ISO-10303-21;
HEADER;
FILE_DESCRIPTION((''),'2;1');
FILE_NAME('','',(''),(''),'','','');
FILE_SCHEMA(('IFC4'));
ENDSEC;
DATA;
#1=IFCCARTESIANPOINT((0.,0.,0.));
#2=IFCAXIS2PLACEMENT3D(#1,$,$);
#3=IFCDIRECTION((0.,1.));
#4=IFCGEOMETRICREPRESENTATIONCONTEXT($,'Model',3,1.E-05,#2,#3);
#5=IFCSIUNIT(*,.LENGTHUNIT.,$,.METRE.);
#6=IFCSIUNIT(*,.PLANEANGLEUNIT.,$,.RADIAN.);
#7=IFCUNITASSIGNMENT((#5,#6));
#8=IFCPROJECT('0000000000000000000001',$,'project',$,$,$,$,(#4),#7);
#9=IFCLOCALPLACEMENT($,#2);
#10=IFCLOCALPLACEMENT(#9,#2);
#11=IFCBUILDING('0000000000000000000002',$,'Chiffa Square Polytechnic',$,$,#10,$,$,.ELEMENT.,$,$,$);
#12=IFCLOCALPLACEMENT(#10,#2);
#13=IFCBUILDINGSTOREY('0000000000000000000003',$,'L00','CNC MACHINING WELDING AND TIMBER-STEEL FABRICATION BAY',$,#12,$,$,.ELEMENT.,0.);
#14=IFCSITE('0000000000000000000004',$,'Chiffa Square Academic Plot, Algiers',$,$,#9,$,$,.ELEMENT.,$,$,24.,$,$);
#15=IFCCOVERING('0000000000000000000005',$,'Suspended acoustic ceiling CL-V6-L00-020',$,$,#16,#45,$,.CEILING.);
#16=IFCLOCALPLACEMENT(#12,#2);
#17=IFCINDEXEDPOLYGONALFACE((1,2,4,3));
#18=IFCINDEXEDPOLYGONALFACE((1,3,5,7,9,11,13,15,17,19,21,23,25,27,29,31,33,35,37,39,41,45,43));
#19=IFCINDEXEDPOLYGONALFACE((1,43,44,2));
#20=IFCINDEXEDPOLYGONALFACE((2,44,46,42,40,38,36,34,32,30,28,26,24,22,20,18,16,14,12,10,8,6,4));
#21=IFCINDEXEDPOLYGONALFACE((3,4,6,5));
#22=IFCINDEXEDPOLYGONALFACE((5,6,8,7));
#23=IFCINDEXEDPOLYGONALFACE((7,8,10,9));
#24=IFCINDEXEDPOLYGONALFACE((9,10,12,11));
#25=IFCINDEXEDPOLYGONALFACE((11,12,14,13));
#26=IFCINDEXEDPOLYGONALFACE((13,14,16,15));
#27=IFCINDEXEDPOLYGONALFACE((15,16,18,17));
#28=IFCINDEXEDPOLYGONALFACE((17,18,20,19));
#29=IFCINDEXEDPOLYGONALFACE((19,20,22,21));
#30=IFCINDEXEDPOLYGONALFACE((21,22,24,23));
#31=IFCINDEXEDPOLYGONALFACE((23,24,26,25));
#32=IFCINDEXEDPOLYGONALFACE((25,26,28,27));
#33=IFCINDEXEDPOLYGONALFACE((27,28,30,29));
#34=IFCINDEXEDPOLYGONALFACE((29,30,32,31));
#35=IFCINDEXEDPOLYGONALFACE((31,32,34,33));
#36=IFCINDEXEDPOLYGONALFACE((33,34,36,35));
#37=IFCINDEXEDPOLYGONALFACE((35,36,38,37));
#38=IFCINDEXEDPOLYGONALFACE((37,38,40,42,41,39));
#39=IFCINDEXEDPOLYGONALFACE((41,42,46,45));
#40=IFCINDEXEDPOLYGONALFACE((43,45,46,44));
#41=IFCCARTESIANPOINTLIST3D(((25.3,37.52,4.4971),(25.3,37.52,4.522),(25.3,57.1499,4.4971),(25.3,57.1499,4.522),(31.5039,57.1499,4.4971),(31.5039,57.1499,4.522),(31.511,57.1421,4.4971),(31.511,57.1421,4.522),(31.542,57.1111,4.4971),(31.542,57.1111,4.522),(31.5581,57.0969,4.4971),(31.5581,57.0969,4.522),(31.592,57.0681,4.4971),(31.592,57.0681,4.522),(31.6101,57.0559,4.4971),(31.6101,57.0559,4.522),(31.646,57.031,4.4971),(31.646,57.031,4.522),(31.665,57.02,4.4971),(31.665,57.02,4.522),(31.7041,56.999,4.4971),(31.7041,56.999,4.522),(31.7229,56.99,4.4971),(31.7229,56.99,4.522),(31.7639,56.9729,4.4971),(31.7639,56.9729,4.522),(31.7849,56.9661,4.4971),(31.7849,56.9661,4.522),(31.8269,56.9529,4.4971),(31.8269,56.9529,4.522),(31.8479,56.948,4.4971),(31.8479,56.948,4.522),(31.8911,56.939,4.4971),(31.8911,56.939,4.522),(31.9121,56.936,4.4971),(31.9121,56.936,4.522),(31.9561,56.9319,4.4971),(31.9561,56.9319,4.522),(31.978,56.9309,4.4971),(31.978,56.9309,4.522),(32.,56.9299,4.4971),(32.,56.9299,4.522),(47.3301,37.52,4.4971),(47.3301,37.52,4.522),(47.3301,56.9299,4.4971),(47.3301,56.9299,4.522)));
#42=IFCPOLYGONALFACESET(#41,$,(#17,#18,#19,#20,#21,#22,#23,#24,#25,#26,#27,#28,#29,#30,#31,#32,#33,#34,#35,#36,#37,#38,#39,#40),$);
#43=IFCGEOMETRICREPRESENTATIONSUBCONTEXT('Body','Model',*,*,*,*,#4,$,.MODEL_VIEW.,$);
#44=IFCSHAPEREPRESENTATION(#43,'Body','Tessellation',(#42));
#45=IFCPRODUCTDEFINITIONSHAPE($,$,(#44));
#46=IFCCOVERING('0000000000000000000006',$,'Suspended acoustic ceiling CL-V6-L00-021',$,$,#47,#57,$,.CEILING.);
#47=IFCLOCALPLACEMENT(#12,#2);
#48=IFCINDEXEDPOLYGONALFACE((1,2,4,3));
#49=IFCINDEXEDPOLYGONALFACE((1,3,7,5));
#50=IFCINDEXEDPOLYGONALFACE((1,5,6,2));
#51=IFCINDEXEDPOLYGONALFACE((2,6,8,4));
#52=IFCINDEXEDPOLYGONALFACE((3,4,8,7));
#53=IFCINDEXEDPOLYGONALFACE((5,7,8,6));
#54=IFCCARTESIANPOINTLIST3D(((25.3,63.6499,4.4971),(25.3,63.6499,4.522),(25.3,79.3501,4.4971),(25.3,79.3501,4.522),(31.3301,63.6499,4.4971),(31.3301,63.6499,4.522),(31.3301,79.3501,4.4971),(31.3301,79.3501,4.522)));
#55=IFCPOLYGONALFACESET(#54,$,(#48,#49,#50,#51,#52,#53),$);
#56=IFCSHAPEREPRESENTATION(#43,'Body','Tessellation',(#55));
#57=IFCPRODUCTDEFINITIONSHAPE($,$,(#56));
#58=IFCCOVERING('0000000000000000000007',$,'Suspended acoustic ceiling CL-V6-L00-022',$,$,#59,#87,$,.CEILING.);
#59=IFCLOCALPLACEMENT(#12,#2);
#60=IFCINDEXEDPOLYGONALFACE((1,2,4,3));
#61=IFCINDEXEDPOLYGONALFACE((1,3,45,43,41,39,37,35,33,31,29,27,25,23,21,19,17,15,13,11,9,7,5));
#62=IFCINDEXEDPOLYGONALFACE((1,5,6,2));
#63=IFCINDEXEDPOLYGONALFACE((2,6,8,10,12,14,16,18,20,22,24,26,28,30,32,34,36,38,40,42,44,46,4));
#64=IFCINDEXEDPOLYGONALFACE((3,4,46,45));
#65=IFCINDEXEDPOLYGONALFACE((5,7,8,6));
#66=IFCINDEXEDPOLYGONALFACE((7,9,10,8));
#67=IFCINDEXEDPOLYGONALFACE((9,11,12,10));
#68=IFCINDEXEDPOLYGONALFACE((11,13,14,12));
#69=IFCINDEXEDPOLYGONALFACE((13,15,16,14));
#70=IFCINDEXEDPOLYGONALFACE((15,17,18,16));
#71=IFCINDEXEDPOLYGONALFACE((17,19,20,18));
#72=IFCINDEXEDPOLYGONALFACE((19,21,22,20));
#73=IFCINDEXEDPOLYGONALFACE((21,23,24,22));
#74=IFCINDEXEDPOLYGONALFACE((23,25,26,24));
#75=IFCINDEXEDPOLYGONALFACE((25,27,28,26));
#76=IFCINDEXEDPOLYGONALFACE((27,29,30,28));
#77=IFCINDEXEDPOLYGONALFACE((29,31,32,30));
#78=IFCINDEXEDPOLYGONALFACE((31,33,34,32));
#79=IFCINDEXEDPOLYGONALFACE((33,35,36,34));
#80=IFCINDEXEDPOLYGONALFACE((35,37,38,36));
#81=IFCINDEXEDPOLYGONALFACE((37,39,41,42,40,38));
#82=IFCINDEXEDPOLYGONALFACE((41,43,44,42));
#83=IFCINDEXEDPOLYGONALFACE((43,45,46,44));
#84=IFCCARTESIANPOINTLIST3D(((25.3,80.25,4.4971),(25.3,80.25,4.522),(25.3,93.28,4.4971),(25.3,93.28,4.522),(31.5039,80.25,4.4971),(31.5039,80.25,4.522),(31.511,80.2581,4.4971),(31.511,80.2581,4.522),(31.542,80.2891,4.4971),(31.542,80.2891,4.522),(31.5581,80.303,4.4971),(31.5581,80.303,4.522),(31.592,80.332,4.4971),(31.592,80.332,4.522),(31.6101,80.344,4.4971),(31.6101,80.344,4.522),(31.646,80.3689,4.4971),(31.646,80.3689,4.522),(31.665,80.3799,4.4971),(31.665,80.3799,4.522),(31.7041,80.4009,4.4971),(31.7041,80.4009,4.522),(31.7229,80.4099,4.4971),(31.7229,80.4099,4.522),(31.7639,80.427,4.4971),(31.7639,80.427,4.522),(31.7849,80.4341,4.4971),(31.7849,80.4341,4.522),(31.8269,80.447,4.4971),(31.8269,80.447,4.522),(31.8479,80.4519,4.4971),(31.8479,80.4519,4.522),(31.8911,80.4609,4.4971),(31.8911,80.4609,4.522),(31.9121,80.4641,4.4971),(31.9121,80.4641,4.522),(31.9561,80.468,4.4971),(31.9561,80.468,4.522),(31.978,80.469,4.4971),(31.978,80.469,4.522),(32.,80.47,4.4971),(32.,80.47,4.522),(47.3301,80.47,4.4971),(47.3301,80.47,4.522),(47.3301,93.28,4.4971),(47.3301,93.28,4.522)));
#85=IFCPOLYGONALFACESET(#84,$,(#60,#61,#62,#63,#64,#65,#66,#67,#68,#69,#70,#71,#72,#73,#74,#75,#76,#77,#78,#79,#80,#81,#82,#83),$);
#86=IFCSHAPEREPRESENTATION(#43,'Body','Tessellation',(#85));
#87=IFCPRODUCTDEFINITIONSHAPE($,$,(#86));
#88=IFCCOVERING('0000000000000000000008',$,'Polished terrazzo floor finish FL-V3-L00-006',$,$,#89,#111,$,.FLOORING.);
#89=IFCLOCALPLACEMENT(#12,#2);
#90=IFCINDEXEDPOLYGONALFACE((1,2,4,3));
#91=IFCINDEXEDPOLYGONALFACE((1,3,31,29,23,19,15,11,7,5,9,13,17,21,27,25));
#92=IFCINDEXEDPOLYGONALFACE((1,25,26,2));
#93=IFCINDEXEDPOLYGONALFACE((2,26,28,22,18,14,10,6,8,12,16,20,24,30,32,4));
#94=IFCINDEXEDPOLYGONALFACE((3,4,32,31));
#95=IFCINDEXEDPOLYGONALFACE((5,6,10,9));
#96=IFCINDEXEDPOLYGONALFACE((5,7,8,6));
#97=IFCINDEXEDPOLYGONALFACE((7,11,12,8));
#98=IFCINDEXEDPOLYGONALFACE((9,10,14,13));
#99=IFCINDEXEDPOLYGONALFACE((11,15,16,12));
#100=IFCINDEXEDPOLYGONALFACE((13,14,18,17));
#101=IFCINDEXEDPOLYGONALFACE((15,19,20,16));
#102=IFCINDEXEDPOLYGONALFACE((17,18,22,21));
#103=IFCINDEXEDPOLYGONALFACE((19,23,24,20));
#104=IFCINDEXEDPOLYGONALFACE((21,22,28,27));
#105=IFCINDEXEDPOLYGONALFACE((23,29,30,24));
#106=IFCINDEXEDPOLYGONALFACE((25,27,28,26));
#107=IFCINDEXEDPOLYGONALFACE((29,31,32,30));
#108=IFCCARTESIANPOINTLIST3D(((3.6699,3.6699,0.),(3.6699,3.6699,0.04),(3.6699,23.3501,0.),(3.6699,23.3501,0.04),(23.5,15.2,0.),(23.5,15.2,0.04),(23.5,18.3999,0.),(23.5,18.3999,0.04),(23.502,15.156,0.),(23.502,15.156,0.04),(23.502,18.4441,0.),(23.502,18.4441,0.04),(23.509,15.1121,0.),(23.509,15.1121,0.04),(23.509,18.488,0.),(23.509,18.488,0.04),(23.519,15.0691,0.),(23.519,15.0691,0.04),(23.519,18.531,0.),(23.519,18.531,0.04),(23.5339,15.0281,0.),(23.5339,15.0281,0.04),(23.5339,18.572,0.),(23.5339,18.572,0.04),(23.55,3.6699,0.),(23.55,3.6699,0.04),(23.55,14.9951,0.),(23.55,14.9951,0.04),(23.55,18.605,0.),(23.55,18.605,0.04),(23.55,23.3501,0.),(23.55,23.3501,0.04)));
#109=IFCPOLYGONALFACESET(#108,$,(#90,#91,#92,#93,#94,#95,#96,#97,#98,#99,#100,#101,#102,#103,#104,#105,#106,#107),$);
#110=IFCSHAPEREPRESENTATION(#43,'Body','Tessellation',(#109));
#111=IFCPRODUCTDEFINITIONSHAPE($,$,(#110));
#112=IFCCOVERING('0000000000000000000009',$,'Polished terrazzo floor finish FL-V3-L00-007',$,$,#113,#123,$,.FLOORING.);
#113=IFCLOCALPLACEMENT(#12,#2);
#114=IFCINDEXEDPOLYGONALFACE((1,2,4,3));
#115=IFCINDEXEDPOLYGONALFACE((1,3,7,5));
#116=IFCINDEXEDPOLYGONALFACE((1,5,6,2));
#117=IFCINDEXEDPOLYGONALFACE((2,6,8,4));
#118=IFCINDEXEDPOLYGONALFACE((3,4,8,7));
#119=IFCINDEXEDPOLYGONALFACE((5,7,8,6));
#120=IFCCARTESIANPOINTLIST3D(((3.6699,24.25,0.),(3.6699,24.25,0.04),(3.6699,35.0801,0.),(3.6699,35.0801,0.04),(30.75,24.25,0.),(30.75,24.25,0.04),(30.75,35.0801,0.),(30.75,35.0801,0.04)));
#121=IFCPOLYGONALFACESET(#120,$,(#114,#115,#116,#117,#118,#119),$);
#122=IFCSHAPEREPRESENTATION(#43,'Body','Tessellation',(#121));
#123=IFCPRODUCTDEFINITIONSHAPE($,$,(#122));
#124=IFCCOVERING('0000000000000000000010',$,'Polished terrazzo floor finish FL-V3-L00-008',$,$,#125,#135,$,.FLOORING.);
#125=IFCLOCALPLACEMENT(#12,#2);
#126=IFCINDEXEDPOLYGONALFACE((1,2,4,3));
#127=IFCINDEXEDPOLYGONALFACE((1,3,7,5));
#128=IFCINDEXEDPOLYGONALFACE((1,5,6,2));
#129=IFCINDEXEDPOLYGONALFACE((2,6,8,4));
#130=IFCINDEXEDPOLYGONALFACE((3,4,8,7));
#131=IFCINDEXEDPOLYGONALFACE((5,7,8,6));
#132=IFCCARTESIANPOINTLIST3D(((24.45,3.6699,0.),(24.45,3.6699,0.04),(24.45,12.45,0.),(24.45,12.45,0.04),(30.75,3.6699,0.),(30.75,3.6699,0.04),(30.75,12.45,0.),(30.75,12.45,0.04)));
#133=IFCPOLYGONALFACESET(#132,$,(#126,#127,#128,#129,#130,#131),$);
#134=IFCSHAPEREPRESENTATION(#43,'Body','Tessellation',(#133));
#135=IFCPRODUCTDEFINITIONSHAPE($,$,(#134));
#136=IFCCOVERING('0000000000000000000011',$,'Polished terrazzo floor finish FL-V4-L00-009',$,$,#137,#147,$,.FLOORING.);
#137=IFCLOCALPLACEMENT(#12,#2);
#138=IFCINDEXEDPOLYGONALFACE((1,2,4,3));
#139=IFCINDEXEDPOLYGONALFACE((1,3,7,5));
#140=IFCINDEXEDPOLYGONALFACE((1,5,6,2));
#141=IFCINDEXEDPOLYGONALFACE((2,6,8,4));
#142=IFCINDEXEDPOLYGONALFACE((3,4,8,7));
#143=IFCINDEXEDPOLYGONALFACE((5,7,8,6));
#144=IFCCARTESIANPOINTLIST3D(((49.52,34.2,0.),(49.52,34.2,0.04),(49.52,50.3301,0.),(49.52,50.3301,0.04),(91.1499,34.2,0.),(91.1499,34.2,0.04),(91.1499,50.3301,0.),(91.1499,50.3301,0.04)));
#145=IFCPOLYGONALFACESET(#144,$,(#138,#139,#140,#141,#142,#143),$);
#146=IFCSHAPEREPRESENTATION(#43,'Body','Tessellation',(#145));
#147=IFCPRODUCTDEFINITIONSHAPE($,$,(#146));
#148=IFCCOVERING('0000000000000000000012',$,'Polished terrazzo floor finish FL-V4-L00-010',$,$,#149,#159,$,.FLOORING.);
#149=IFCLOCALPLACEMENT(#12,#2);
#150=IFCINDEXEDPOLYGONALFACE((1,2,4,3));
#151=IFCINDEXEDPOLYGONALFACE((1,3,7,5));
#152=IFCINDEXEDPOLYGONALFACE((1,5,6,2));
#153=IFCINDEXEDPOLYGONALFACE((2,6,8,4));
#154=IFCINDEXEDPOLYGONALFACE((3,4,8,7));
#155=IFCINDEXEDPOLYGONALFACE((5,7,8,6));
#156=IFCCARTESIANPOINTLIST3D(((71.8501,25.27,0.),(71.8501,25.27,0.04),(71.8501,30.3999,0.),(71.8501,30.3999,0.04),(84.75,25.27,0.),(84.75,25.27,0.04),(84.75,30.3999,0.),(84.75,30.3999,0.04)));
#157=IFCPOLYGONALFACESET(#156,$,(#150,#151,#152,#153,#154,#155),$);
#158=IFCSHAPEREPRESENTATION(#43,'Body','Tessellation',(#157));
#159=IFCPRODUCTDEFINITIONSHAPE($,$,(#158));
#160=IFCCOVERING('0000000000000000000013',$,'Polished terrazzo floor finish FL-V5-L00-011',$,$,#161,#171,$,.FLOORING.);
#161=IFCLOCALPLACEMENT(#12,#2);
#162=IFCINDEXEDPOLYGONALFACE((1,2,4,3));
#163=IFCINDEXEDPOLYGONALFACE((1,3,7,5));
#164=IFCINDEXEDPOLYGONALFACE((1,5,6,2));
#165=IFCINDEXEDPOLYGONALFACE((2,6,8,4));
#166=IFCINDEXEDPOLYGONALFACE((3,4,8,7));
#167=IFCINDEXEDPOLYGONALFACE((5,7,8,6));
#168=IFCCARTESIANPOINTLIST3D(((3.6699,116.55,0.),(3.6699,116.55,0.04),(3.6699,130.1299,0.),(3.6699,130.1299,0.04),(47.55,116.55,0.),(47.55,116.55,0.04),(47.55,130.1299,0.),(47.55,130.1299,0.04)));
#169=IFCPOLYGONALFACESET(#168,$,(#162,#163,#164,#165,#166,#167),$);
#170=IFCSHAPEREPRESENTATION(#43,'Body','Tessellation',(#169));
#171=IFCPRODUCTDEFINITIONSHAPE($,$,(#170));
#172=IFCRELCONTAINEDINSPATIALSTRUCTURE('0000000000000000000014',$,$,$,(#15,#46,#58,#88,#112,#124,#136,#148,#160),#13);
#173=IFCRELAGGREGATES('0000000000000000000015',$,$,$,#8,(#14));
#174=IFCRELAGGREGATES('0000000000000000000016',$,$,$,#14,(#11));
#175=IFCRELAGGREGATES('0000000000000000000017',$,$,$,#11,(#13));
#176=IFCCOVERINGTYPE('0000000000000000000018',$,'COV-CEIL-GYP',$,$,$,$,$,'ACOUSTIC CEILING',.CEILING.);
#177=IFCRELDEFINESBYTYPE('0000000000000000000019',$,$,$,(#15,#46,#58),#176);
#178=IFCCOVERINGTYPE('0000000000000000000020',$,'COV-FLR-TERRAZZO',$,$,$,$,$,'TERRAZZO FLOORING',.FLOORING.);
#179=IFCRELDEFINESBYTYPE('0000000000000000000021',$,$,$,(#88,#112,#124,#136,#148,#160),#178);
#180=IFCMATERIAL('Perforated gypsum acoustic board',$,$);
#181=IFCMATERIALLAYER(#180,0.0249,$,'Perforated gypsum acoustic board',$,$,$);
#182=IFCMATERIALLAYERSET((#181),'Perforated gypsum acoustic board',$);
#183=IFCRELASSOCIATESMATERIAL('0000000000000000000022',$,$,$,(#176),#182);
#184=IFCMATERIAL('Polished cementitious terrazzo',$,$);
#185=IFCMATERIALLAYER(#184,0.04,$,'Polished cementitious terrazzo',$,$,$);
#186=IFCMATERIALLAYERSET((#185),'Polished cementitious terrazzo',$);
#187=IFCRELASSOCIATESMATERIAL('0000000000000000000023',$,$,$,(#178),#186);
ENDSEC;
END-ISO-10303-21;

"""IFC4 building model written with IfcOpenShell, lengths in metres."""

from ifc_helpers import new_model, si_unit, direction, frame, origin, place, context, subcontext, project, spatial, polyline, outline, extrude, material, layer, layer_set, type_object, element, save


model = new_model("IFC4")

# Units and contexts
model_context = context("Model", 3, precision=1e-05, world=origin(), true_north=direction((0.0, 1.0)))
body_context = subcontext(model_context, "Body", "Model", "MODEL_VIEW")
ifc_project = project(units=[si_unit("LENGTHUNIT", "METRE"), si_unit("PLANEANGLEUNIT", "RADIAN")], contexts=[model_context])

# Site, building, storey
site_placement = place(None, origin())
site = spatial("IfcSite", under=ifc_project, at=site_placement, Name="Chiffa Square Academic Plot, Algiers", CompositionType="ELEMENT", RefElevation=24.0)
building_placement = place(site_placement, origin())
building = spatial("IfcBuilding", under=site, at=building_placement, Name="Chiffa Square Polytechnic", CompositionType="ELEMENT")
storey_placement = place(building_placement, origin())
storey = spatial("IfcBuildingStorey", under=building, at=storey_placement, Name="L00", Description="CNC MACHINING WELDING AND TIMBER-STEEL FABRICATION BAY", CompositionType="ELEMENT", Elevation=0.0)

# Coverings
ifc_material_1 = material(Name="Perforated gypsum acoustic board")
ifc_layer_1 = layer(ifc_material_1, 0.0249, Name="Perforated gypsum acoustic board")
ifc_layer_set_1 = layer_set([ifc_layer_1], Name="Perforated gypsum acoustic board")
covering_type_1 = type_object("IfcCoveringType", Name="COV-CEIL-GYP", ElementType="ACOUSTIC CEILING", PredefinedType="CEILING", material=ifc_layer_set_1)
covering_1_placement = place(storey_placement, frame((0.0, 0.0, 4.4971)))
element("IfcCovering", 1, at=covering_1_placement, inside=storey, type_object=covering_type_1, Name="Suspended acoustic ceiling CL-V6-L00-020", PredefinedType="CEILING", context=body_context, shape_type="SweptSolid", body=[
    extrude(outline(polyline([(25.3, 57.1499), (31.5039, 57.1499), (31.511, 57.1421), (31.542, 57.1111), (31.5581, 57.0969), (31.592, 57.0681), (31.6101, 57.0559), (31.646, 57.031), (31.665, 57.02), (31.7041, 56.999), (31.7229, 56.99), (31.7639, 56.9729), (31.7849, 56.9661), (31.8269, 56.9529), (31.8479, 56.948), (31.8911, 56.939), (31.9121, 56.936), (31.9561, 56.9319), (31.978, 56.9309), (32.0, 56.9299), (47.3301, 56.9299), (47.3301, 37.52), (25.3, 37.52), (25.3, 57.1499)])), origin(), (0.0, 0.0, 1.0), 0.0249),
])
covering_2_placement = place(storey_placement, frame((0.0, 0.0, 4.4971)))
element("IfcCovering", 2, at=covering_2_placement, inside=storey, type_object=covering_type_1, Name="Suspended acoustic ceiling CL-V6-L00-021", PredefinedType="CEILING", context=body_context, shape_type="SweptSolid", body=[
    extrude(outline(polyline([(25.3, 63.6499), (25.3, 79.3501), (31.3301, 79.3501), (31.3301, 63.6499), (25.3, 63.6499)])), origin(), (0.0, 0.0, 1.0), 0.0249),
])
covering_3_placement = place(storey_placement, frame((0.0, 0.0, 4.4971)))
element("IfcCovering", 3, at=covering_3_placement, inside=storey, type_object=covering_type_1, Name="Suspended acoustic ceiling CL-V6-L00-022", PredefinedType="CEILING", context=body_context, shape_type="SweptSolid", body=[
    extrude(outline(polyline([(25.3, 80.25), (25.3, 93.28), (47.3301, 93.28), (47.3301, 80.47), (32.0, 80.47), (31.978, 80.469), (31.9561, 80.468), (31.9121, 80.4641), (31.8911, 80.4609), (31.8479, 80.4519), (31.8269, 80.447), (31.7849, 80.4341), (31.7639, 80.427), (31.7229, 80.4099), (31.7041, 80.4009), (31.665, 80.3799), (31.646, 80.3689), (31.6101, 80.344), (31.592, 80.332), (31.5581, 80.303), (31.542, 80.2891), (31.511, 80.2581), (31.5039, 80.25), (25.3, 80.25)])), origin(), (0.0, 0.0, 1.0), 0.0249),
])
ifc_material_2 = material(Name="Polished cementitious terrazzo")
ifc_layer_2 = layer(ifc_material_2, 0.04, Name="Polished cementitious terrazzo")
ifc_layer_set_2 = layer_set([ifc_layer_2], Name="Polished cementitious terrazzo")
covering_type_2 = type_object("IfcCoveringType", Name="COV-FLR-TERRAZZO", ElementType="TERRAZZO FLOORING", PredefinedType="FLOORING", material=ifc_layer_set_2)
covering_4_placement = place(storey_placement, origin())
element("IfcCovering", 4, at=covering_4_placement, inside=storey, type_object=covering_type_2, Name="Polished terrazzo floor finish FL-V3-L00-006", PredefinedType="FLOORING", context=body_context, shape_type="SweptSolid", body=[
    extrude(outline(polyline([(23.55, 14.9951), (23.55, 3.6699), (3.6699, 3.6699), (3.6699, 23.3501), (23.55, 23.3501), (23.55, 18.605), (23.5339, 18.572), (23.519, 18.531), (23.509, 18.488), (23.502, 18.4441), (23.5, 18.3999), (23.5, 15.2), (23.502, 15.156), (23.509, 15.1121), (23.519, 15.0691), (23.5339, 15.0281), (23.55, 14.9951)])), origin(), (0.0, 0.0, 1.0), 0.04),
])
covering_5_placement = place(storey_placement, origin())
element("IfcCovering", 5, at=covering_5_placement, inside=storey, type_object=covering_type_2, Name="Polished terrazzo floor finish FL-V3-L00-007", PredefinedType="FLOORING", context=body_context, shape_type="SweptSolid", body=[
    extrude(outline(polyline([(3.6699, 24.25), (3.6699, 35.0801), (30.75, 35.0801), (30.75, 24.25), (3.6699, 24.25)])), origin(), (0.0, 0.0, 1.0), 0.04),
])
covering_6_placement = place(storey_placement, origin())
element("IfcCovering", 6, at=covering_6_placement, inside=storey, type_object=covering_type_2, Name="Polished terrazzo floor finish FL-V3-L00-008", PredefinedType="FLOORING", context=body_context, shape_type="SweptSolid", body=[
    extrude(outline(polyline([(24.45, 12.45), (30.75, 12.45), (30.75, 3.6699), (24.45, 3.6699), (24.45, 12.45)])), origin(), (0.0, 0.0, 1.0), 0.04),
])
covering_7_placement = place(storey_placement, origin())
element("IfcCovering", 7, at=covering_7_placement, inside=storey, type_object=covering_type_2, Name="Polished terrazzo floor finish FL-V4-L00-009", PredefinedType="FLOORING", context=body_context, shape_type="SweptSolid", body=[
    extrude(outline(polyline([(91.1499, 34.2), (49.52, 34.2), (49.52, 50.3301), (91.1499, 50.3301), (91.1499, 34.2)])), origin(), (0.0, 0.0, 1.0), 0.04),
])
covering_8_placement = place(storey_placement, origin())
element("IfcCovering", 8, at=covering_8_placement, inside=storey, type_object=covering_type_2, Name="Polished terrazzo floor finish FL-V4-L00-010", PredefinedType="FLOORING", context=body_context, shape_type="SweptSolid", body=[
    extrude(outline(polyline([(71.8501, 30.3999), (84.75, 30.3999), (84.75, 25.27), (71.8501, 25.27), (71.8501, 30.3999)])), origin(), (0.0, 0.0, 1.0), 0.04),
])
covering_9_placement = place(storey_placement, origin())
element("IfcCovering", 9, at=covering_9_placement, inside=storey, type_object=covering_type_2, Name="Polished terrazzo floor finish FL-V5-L00-011", PredefinedType="FLOORING", context=body_context, shape_type="SweptSolid", body=[
    extrude(outline(polyline([(47.55, 116.55), (3.6699, 116.55), (3.6699, 130.1299), (47.55, 130.1299), (47.55, 116.55)])), origin(), (0.0, 0.0, 1.0), 0.04),
])

save(model, "model.ifc")
